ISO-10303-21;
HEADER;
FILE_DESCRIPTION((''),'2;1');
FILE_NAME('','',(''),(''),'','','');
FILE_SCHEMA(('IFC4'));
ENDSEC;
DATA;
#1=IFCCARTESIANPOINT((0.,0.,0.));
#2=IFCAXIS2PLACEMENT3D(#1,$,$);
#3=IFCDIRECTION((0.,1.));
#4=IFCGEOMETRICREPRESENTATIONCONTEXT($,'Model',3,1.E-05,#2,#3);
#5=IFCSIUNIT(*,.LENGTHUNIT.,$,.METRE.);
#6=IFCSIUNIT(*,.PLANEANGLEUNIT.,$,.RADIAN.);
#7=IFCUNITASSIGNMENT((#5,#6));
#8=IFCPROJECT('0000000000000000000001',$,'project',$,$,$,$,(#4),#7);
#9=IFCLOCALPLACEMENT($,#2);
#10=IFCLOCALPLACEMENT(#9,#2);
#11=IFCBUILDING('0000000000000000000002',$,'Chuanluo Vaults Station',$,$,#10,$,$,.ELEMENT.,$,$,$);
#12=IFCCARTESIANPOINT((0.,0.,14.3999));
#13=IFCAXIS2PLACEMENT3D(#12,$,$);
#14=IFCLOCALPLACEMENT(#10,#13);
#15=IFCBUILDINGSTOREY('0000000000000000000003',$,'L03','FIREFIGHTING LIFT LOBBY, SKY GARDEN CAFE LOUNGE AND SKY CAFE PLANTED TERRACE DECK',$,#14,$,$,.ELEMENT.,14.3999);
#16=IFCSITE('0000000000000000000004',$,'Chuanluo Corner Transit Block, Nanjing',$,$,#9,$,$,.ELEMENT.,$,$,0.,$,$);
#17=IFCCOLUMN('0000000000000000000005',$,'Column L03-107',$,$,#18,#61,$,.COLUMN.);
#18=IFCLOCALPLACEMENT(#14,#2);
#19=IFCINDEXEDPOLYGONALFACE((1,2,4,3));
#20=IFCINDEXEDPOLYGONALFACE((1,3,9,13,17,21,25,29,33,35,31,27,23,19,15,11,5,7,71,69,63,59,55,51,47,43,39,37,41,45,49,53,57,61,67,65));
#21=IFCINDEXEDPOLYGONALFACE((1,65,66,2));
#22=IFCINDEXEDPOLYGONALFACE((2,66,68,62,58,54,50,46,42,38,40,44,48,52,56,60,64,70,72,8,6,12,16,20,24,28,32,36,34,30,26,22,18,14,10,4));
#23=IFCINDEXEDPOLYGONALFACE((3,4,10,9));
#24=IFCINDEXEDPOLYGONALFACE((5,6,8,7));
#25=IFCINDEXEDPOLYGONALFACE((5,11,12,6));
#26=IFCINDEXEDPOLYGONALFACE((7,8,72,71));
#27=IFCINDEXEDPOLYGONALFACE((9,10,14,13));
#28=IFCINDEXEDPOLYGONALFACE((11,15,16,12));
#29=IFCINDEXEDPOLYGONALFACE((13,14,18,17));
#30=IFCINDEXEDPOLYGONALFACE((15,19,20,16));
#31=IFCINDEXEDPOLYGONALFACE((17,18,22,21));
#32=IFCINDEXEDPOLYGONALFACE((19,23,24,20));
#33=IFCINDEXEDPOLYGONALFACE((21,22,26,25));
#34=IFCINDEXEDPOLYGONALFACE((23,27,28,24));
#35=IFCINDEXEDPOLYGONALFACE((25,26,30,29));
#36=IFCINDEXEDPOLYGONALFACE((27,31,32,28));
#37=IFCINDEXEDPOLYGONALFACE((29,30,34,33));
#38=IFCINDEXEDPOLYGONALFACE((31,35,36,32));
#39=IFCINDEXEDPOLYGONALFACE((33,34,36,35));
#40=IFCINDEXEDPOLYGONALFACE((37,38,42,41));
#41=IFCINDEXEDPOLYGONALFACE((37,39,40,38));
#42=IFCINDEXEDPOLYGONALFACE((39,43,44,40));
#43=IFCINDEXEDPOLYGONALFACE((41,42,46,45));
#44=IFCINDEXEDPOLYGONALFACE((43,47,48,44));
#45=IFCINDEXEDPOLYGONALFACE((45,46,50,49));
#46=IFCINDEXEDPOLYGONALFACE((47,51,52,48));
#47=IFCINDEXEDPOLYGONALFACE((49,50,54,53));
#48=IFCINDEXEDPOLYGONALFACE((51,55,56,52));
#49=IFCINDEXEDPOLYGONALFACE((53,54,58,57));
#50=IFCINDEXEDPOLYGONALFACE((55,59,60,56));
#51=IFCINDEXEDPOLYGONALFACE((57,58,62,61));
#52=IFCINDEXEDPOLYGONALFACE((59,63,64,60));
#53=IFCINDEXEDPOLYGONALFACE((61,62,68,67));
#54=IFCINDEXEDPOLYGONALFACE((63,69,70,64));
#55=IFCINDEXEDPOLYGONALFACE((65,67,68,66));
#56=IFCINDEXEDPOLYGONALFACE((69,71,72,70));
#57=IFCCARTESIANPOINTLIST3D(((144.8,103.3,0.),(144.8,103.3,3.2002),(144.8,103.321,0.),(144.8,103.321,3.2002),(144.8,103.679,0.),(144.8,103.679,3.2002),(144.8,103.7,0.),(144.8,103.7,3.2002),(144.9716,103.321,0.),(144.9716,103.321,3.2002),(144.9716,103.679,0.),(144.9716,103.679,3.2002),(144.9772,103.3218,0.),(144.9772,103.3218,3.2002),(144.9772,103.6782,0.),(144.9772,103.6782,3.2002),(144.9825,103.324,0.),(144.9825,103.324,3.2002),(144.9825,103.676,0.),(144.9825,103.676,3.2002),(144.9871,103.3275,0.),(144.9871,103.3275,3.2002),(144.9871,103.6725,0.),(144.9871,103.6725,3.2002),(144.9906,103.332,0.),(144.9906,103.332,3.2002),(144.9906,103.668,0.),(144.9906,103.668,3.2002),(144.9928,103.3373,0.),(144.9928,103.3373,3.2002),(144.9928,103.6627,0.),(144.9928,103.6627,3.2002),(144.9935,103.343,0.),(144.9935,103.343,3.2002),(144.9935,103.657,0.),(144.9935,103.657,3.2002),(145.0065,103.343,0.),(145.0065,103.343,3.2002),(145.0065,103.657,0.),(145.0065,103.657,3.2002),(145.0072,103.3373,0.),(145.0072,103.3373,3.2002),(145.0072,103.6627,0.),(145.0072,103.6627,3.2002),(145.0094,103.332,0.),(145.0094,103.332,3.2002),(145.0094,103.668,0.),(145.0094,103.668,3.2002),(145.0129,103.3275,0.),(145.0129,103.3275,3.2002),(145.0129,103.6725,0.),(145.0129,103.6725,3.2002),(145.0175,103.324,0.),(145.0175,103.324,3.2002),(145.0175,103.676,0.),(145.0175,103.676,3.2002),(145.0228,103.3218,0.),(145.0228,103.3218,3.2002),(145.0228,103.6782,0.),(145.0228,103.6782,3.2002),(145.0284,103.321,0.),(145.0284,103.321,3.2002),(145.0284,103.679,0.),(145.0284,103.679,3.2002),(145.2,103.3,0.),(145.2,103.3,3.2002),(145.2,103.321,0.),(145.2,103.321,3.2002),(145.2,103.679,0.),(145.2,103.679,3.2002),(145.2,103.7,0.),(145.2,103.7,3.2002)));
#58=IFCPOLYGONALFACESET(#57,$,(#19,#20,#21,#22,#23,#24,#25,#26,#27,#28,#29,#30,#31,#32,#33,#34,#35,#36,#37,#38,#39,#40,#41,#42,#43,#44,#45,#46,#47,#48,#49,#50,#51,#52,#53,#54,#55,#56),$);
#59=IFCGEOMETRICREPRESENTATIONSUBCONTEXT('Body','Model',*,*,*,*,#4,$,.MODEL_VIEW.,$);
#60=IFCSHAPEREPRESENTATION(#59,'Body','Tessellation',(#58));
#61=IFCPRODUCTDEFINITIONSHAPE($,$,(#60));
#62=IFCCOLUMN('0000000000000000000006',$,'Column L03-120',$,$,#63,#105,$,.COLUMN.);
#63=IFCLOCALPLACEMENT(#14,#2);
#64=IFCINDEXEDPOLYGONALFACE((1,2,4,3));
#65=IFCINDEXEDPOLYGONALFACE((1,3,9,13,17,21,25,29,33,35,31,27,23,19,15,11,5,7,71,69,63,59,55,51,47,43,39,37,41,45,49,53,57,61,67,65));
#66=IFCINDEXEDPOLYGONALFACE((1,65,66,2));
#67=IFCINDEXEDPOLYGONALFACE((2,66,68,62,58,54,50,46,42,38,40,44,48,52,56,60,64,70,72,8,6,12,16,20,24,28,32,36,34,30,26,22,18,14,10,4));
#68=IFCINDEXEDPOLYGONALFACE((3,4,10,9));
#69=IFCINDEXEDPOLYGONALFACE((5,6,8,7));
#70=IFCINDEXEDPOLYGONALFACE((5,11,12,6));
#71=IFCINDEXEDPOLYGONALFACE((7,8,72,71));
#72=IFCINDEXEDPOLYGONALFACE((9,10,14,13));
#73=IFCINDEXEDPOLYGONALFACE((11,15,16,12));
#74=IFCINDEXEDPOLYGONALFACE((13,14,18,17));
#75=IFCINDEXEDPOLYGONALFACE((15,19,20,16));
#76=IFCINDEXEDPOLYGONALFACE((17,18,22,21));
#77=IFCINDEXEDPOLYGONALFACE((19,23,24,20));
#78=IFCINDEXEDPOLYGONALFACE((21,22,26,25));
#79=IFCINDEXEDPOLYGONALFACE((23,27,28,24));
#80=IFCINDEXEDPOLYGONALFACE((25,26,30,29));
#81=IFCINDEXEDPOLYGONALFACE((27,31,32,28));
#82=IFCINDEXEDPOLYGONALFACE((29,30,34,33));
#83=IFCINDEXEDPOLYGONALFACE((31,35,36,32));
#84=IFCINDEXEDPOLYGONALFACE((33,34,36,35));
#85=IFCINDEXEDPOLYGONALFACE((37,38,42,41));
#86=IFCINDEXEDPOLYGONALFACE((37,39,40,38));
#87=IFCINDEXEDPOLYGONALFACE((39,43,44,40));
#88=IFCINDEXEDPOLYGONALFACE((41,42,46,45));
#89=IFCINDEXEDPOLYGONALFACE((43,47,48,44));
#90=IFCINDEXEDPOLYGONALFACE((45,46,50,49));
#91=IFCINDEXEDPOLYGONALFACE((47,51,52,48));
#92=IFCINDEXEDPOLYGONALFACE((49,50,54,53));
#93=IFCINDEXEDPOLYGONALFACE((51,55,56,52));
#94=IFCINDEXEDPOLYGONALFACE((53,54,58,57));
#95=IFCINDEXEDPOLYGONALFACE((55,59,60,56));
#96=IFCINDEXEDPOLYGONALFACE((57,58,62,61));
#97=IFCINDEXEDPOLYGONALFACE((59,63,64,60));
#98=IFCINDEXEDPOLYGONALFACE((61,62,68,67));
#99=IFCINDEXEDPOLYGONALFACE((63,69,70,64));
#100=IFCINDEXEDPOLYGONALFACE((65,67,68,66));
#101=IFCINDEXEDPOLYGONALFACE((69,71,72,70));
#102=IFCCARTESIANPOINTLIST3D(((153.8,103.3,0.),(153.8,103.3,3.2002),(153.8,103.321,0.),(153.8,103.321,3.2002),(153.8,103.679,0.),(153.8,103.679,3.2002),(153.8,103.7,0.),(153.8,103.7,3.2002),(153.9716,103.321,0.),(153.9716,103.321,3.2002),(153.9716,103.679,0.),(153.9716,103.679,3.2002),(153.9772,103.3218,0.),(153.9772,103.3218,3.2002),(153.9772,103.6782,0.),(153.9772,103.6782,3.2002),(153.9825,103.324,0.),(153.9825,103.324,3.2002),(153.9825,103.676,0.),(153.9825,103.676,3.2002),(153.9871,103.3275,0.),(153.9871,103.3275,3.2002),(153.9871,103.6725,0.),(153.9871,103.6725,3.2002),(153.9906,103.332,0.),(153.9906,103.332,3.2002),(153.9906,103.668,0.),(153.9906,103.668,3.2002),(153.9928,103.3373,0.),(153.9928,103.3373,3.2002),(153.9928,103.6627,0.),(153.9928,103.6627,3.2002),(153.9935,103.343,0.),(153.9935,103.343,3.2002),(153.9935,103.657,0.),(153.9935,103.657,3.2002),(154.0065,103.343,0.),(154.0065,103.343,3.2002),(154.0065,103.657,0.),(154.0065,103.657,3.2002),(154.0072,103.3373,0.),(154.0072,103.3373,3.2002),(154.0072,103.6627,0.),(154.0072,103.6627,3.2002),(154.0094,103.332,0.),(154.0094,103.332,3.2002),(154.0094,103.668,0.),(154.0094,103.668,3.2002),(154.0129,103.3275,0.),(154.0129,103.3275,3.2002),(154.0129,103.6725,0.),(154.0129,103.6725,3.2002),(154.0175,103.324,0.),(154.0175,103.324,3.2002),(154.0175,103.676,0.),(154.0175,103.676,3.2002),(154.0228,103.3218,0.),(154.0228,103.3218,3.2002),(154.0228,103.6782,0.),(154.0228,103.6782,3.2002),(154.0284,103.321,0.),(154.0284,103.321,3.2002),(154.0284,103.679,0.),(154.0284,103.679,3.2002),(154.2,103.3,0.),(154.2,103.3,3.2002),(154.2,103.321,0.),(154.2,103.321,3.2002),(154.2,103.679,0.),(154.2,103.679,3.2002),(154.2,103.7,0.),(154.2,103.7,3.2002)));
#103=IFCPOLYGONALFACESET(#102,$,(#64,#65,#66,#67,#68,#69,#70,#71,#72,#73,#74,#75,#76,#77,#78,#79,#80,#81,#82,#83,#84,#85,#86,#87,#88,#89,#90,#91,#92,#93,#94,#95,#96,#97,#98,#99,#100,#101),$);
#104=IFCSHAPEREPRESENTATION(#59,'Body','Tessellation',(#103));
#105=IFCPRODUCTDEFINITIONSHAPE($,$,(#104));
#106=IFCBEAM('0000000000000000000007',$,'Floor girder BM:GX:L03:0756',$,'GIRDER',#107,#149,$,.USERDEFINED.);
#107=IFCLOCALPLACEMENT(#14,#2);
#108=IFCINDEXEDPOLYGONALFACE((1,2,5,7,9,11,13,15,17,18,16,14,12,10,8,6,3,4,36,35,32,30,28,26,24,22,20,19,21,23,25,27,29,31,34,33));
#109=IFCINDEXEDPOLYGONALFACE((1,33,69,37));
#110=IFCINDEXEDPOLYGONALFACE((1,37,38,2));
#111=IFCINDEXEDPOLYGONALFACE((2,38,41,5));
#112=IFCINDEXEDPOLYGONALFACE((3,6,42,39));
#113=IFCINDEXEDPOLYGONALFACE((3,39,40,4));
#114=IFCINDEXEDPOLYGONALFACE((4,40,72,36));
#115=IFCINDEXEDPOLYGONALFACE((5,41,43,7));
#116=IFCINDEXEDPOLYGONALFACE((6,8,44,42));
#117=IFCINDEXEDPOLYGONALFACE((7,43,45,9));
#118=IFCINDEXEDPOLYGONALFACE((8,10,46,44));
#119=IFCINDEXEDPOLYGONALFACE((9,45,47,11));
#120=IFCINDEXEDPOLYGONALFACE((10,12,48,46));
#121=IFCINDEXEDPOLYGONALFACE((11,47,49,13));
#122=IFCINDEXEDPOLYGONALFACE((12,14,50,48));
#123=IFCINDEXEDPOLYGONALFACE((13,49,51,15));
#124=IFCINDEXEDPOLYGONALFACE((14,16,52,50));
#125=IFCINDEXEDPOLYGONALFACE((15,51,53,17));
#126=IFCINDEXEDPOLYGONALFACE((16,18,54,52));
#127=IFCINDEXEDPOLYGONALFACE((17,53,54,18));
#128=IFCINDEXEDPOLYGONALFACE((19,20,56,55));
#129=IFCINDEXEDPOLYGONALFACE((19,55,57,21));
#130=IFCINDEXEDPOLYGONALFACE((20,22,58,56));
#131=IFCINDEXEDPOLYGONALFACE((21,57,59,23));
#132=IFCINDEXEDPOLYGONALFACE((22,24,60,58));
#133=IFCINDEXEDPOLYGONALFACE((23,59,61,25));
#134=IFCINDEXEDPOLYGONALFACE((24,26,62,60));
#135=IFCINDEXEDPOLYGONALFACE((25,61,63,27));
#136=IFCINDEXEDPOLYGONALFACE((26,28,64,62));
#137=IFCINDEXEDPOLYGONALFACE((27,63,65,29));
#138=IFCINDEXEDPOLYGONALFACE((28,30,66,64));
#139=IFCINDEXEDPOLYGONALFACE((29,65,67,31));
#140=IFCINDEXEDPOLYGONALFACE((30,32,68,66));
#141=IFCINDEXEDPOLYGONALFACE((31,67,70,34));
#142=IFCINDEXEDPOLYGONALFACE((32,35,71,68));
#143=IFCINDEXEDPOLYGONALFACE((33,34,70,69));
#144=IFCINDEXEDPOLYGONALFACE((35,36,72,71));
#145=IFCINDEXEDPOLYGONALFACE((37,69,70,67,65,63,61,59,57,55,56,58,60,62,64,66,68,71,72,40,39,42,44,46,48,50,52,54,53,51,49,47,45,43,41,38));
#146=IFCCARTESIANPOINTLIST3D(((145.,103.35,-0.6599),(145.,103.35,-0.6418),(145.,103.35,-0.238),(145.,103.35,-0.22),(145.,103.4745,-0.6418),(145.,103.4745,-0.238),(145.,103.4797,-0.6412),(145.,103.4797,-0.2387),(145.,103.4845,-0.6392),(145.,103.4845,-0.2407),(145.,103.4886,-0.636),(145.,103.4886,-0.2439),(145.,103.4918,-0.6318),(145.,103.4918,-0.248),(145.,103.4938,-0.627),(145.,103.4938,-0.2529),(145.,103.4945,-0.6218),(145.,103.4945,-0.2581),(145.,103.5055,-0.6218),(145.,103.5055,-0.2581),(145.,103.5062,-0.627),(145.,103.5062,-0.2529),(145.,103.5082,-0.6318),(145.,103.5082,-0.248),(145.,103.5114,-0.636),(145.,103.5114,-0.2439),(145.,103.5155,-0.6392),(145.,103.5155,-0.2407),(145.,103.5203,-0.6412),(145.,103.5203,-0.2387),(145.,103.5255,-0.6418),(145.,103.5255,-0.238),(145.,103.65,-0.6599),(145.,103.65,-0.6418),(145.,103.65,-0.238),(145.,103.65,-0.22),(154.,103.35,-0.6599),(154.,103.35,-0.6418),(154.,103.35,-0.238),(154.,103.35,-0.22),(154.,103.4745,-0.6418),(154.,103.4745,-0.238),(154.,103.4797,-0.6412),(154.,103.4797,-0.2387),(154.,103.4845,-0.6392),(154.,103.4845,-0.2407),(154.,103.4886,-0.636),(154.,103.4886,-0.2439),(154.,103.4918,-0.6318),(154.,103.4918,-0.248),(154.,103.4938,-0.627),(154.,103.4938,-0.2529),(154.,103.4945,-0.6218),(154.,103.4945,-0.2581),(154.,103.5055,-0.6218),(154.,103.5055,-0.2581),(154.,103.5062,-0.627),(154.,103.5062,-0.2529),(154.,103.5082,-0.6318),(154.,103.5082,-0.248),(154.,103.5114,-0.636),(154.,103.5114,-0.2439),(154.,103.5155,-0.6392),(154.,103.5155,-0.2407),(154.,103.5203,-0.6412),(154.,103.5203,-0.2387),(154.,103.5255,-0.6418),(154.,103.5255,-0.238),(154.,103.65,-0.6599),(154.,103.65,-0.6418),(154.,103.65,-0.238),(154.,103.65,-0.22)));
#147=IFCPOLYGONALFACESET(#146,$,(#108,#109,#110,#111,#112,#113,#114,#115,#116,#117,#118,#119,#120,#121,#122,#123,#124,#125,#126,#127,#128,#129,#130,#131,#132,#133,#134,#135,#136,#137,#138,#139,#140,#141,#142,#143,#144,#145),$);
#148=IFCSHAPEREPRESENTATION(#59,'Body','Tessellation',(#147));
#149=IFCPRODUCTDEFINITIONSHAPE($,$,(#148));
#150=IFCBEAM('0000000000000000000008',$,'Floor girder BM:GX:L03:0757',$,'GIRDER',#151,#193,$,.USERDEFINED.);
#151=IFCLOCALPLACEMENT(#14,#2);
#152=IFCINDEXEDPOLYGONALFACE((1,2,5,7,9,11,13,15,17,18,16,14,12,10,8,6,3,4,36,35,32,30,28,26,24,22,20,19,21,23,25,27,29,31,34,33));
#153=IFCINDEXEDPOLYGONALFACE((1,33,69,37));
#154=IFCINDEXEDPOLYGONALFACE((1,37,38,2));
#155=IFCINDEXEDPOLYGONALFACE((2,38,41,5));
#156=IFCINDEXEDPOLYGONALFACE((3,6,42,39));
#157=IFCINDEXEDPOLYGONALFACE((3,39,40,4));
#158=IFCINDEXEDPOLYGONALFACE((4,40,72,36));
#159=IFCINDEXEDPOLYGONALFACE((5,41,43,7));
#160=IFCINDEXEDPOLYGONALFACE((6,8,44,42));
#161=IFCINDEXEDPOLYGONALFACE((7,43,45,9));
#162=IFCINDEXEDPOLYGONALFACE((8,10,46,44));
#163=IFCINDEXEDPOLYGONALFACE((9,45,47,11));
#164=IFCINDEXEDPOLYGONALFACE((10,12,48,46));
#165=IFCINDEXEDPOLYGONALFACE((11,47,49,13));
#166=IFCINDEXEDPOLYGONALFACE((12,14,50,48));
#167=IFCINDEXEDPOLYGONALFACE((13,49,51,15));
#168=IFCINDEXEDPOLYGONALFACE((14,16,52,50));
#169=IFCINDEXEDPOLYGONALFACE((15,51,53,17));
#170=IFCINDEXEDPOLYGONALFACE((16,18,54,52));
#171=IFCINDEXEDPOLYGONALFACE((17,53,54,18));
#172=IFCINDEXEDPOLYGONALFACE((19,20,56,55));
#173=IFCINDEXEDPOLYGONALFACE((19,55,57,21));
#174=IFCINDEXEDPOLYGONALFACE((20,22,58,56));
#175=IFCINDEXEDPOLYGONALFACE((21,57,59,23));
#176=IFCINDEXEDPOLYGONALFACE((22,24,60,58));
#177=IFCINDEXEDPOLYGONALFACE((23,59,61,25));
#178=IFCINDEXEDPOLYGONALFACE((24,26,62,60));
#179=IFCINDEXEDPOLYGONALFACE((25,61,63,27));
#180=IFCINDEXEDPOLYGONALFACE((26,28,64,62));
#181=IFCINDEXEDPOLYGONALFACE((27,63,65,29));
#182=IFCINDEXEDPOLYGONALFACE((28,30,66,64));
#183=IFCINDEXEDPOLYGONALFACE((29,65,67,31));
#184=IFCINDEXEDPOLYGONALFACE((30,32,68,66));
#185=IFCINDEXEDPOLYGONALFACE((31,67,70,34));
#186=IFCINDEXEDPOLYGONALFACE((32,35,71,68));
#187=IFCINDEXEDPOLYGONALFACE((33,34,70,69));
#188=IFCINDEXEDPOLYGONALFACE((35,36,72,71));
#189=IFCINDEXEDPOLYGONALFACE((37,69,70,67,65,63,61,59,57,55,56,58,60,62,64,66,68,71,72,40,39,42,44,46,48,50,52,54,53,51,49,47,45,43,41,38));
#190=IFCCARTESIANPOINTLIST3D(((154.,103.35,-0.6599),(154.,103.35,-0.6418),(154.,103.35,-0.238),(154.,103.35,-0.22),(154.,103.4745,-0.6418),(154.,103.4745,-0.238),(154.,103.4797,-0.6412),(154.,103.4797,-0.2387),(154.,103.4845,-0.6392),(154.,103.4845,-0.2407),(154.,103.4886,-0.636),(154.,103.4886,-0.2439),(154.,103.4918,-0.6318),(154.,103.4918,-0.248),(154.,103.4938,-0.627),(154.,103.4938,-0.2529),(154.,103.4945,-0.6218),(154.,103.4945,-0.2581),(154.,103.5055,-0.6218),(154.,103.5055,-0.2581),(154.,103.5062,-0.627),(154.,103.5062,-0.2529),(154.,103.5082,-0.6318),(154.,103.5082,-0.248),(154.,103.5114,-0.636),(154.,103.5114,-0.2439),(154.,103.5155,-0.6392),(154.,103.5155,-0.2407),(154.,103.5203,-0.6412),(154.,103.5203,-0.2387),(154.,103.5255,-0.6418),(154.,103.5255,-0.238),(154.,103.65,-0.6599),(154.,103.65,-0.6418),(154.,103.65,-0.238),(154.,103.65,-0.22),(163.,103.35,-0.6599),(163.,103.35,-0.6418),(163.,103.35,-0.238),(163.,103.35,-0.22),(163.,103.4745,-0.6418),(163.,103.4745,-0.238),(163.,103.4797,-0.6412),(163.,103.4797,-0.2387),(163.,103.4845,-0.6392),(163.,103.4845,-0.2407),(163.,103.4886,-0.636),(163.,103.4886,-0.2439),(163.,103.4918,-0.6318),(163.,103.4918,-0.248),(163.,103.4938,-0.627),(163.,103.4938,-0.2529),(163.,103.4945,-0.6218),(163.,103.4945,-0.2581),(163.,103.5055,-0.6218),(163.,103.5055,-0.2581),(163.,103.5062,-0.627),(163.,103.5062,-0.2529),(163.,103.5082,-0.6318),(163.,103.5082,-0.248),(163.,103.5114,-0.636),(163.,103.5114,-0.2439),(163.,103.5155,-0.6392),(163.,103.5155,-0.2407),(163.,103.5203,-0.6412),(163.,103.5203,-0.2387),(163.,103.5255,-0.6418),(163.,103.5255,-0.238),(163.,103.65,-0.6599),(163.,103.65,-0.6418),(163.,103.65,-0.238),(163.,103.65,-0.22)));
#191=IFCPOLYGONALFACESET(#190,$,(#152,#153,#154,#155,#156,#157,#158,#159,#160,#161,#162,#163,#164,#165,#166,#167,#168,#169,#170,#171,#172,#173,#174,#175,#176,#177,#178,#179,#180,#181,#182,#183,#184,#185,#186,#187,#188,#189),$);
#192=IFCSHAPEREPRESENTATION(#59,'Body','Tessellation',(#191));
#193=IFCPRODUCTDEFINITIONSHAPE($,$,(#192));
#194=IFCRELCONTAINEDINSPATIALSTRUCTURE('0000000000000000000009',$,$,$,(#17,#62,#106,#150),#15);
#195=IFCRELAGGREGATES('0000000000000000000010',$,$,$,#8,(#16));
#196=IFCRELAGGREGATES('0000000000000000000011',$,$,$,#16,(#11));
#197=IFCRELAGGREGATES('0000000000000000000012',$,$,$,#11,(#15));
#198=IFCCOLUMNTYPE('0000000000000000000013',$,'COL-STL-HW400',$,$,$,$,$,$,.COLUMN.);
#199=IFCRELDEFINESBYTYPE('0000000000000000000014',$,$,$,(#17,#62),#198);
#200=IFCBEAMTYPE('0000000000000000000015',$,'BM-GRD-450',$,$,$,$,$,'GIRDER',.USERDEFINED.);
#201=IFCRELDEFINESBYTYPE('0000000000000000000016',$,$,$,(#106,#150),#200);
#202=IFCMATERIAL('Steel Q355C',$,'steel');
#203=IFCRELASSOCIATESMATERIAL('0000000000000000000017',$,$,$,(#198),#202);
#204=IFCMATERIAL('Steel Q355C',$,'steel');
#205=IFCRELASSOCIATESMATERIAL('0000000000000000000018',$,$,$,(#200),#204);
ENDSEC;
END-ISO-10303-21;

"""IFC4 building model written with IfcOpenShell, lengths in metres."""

from ifc_helpers import new_model, si_unit, direction, frame, origin, origin_2d, place, context, subcontext, project, spatial, i_section, extrude, material, material_profile, profile_set, type_object, element, save


model = new_model("IFC4")

# Units and contexts
model_context = context("Model", 3, precision=1e-05, world=origin(), true_north=direction((0.0, 1.0)))
body_context = subcontext(model_context, "Body", "Model", "MODEL_VIEW")
ifc_project = project(units=[si_unit("LENGTHUNIT", "METRE"), si_unit("PLANEANGLEUNIT", "RADIAN")], contexts=[model_context])

# Site, building, storey
site_placement = place(None, origin())
site = spatial("IfcSite", under=ifc_project, at=site_placement, Name="Chuanluo Corner Transit Block, Nanjing", CompositionType="ELEMENT", RefElevation=0.0)
building_placement = place(site_placement, origin())
building = spatial("IfcBuilding", under=site, at=building_placement, Name="Chuanluo Vaults Station", CompositionType="ELEMENT")
storey_placement = place(building_placement, frame((0.0, 0.0, 14.3999)))
storey = spatial("IfcBuildingStorey", under=building, at=storey_placement, Name="L03", Description="FIREFIGHTING LIFT LOBBY, SKY GARDEN CAFE LOUNGE AND SKY CAFE PLANTED TERRACE DECK", CompositionType="ELEMENT", Elevation=14.3999)

# Columns
ifc_material_1 = material(Name="Steel Q355C", Category="steel")
ifc_material_profile_1 = material_profile(ifc_material_1, i_section(OverallWidth=0.3999, OverallDepth=0.3999, WebThickness=0.0129, FlangeThickness=0.021, FilletRadius=0.022, at=origin_2d()))
ifc_profile_set_1 = profile_set([ifc_material_profile_1], Name="Steel Q355C")
column_type = type_object("IfcColumnType", Name="COL-STL-HW400", PredefinedType="COLUMN", material=ifc_profile_set_1)
for number, where, z_axis, x_axis, name in (
    (1, (145.0, 103.5, 0.0), (0.0, 0.0, 1.0), (1.0, 0.0, 0.0), "Column L03-107"),
    (2, (154.0, 103.5, 0.0), (0.0, 0.0, 1.0), (1.0, 0.0, 0.0), "Column L03-120"),
):
    element("IfcColumn", number, at=place(storey_placement, frame(where, z_axis=z_axis, x_axis=x_axis)), inside=storey, type_object=column_type, Name=name, PredefinedType="COLUMN", context=body_context, shape_type="SweptSolid", body=[
        extrude(i_section(OverallWidth=0.3999, OverallDepth=0.3999, WebThickness=0.0129, FlangeThickness=0.021, FilletRadius=0.022, at=origin_2d()), origin(), (0.0, 0.0, 1.0), 3.2002),
    ])

# Beams
ifc_material_2 = material(Name="Steel Q355C", Category="steel")
ifc_material_profile_2 = material_profile(ifc_material_2, i_section(OverallWidth=0.3, OverallDepth=0.4399, WebThickness=0.011, FlangeThickness=0.0181, FilletRadius=0.02, at=origin_2d()))
ifc_profile_set_2 = profile_set([ifc_material_profile_2], Name="Steel Q355C")
beam_type_1 = type_object("IfcBeamType", Name="BM-GRD-450", ElementType="GIRDER", PredefinedType="USERDEFINED", material=ifc_profile_set_2)
for number, where, z_axis, x_axis, name in (
    (3, (145.0, 103.5, -0.4399), (1.0, 0.0, 0.0), (0.0, 1.0, 0.0), "Floor girder BM:GX:L03:0756"),
    (4, (154.0, 103.5, -0.4399), (1.0, 0.0, 0.0), (0.0, 1.0, 0.0), "Floor girder BM:GX:L03:0757"),
):
    element("IfcBeam", number, at=place(storey_placement, frame(where, z_axis=z_axis, x_axis=x_axis)), inside=storey, type_object=beam_type_1, Name=name, ObjectType="GIRDER", PredefinedType="USERDEFINED", context=body_context, shape_type="SweptSolid", body=[
        extrude(i_section(OverallWidth=0.3, OverallDepth=0.4399, WebThickness=0.011, FlangeThickness=0.0181, FilletRadius=0.02, at=origin_2d()), origin(), (0.0, 0.0, 1.0), 9.0),
    ])

save(model, "model.ifc")
